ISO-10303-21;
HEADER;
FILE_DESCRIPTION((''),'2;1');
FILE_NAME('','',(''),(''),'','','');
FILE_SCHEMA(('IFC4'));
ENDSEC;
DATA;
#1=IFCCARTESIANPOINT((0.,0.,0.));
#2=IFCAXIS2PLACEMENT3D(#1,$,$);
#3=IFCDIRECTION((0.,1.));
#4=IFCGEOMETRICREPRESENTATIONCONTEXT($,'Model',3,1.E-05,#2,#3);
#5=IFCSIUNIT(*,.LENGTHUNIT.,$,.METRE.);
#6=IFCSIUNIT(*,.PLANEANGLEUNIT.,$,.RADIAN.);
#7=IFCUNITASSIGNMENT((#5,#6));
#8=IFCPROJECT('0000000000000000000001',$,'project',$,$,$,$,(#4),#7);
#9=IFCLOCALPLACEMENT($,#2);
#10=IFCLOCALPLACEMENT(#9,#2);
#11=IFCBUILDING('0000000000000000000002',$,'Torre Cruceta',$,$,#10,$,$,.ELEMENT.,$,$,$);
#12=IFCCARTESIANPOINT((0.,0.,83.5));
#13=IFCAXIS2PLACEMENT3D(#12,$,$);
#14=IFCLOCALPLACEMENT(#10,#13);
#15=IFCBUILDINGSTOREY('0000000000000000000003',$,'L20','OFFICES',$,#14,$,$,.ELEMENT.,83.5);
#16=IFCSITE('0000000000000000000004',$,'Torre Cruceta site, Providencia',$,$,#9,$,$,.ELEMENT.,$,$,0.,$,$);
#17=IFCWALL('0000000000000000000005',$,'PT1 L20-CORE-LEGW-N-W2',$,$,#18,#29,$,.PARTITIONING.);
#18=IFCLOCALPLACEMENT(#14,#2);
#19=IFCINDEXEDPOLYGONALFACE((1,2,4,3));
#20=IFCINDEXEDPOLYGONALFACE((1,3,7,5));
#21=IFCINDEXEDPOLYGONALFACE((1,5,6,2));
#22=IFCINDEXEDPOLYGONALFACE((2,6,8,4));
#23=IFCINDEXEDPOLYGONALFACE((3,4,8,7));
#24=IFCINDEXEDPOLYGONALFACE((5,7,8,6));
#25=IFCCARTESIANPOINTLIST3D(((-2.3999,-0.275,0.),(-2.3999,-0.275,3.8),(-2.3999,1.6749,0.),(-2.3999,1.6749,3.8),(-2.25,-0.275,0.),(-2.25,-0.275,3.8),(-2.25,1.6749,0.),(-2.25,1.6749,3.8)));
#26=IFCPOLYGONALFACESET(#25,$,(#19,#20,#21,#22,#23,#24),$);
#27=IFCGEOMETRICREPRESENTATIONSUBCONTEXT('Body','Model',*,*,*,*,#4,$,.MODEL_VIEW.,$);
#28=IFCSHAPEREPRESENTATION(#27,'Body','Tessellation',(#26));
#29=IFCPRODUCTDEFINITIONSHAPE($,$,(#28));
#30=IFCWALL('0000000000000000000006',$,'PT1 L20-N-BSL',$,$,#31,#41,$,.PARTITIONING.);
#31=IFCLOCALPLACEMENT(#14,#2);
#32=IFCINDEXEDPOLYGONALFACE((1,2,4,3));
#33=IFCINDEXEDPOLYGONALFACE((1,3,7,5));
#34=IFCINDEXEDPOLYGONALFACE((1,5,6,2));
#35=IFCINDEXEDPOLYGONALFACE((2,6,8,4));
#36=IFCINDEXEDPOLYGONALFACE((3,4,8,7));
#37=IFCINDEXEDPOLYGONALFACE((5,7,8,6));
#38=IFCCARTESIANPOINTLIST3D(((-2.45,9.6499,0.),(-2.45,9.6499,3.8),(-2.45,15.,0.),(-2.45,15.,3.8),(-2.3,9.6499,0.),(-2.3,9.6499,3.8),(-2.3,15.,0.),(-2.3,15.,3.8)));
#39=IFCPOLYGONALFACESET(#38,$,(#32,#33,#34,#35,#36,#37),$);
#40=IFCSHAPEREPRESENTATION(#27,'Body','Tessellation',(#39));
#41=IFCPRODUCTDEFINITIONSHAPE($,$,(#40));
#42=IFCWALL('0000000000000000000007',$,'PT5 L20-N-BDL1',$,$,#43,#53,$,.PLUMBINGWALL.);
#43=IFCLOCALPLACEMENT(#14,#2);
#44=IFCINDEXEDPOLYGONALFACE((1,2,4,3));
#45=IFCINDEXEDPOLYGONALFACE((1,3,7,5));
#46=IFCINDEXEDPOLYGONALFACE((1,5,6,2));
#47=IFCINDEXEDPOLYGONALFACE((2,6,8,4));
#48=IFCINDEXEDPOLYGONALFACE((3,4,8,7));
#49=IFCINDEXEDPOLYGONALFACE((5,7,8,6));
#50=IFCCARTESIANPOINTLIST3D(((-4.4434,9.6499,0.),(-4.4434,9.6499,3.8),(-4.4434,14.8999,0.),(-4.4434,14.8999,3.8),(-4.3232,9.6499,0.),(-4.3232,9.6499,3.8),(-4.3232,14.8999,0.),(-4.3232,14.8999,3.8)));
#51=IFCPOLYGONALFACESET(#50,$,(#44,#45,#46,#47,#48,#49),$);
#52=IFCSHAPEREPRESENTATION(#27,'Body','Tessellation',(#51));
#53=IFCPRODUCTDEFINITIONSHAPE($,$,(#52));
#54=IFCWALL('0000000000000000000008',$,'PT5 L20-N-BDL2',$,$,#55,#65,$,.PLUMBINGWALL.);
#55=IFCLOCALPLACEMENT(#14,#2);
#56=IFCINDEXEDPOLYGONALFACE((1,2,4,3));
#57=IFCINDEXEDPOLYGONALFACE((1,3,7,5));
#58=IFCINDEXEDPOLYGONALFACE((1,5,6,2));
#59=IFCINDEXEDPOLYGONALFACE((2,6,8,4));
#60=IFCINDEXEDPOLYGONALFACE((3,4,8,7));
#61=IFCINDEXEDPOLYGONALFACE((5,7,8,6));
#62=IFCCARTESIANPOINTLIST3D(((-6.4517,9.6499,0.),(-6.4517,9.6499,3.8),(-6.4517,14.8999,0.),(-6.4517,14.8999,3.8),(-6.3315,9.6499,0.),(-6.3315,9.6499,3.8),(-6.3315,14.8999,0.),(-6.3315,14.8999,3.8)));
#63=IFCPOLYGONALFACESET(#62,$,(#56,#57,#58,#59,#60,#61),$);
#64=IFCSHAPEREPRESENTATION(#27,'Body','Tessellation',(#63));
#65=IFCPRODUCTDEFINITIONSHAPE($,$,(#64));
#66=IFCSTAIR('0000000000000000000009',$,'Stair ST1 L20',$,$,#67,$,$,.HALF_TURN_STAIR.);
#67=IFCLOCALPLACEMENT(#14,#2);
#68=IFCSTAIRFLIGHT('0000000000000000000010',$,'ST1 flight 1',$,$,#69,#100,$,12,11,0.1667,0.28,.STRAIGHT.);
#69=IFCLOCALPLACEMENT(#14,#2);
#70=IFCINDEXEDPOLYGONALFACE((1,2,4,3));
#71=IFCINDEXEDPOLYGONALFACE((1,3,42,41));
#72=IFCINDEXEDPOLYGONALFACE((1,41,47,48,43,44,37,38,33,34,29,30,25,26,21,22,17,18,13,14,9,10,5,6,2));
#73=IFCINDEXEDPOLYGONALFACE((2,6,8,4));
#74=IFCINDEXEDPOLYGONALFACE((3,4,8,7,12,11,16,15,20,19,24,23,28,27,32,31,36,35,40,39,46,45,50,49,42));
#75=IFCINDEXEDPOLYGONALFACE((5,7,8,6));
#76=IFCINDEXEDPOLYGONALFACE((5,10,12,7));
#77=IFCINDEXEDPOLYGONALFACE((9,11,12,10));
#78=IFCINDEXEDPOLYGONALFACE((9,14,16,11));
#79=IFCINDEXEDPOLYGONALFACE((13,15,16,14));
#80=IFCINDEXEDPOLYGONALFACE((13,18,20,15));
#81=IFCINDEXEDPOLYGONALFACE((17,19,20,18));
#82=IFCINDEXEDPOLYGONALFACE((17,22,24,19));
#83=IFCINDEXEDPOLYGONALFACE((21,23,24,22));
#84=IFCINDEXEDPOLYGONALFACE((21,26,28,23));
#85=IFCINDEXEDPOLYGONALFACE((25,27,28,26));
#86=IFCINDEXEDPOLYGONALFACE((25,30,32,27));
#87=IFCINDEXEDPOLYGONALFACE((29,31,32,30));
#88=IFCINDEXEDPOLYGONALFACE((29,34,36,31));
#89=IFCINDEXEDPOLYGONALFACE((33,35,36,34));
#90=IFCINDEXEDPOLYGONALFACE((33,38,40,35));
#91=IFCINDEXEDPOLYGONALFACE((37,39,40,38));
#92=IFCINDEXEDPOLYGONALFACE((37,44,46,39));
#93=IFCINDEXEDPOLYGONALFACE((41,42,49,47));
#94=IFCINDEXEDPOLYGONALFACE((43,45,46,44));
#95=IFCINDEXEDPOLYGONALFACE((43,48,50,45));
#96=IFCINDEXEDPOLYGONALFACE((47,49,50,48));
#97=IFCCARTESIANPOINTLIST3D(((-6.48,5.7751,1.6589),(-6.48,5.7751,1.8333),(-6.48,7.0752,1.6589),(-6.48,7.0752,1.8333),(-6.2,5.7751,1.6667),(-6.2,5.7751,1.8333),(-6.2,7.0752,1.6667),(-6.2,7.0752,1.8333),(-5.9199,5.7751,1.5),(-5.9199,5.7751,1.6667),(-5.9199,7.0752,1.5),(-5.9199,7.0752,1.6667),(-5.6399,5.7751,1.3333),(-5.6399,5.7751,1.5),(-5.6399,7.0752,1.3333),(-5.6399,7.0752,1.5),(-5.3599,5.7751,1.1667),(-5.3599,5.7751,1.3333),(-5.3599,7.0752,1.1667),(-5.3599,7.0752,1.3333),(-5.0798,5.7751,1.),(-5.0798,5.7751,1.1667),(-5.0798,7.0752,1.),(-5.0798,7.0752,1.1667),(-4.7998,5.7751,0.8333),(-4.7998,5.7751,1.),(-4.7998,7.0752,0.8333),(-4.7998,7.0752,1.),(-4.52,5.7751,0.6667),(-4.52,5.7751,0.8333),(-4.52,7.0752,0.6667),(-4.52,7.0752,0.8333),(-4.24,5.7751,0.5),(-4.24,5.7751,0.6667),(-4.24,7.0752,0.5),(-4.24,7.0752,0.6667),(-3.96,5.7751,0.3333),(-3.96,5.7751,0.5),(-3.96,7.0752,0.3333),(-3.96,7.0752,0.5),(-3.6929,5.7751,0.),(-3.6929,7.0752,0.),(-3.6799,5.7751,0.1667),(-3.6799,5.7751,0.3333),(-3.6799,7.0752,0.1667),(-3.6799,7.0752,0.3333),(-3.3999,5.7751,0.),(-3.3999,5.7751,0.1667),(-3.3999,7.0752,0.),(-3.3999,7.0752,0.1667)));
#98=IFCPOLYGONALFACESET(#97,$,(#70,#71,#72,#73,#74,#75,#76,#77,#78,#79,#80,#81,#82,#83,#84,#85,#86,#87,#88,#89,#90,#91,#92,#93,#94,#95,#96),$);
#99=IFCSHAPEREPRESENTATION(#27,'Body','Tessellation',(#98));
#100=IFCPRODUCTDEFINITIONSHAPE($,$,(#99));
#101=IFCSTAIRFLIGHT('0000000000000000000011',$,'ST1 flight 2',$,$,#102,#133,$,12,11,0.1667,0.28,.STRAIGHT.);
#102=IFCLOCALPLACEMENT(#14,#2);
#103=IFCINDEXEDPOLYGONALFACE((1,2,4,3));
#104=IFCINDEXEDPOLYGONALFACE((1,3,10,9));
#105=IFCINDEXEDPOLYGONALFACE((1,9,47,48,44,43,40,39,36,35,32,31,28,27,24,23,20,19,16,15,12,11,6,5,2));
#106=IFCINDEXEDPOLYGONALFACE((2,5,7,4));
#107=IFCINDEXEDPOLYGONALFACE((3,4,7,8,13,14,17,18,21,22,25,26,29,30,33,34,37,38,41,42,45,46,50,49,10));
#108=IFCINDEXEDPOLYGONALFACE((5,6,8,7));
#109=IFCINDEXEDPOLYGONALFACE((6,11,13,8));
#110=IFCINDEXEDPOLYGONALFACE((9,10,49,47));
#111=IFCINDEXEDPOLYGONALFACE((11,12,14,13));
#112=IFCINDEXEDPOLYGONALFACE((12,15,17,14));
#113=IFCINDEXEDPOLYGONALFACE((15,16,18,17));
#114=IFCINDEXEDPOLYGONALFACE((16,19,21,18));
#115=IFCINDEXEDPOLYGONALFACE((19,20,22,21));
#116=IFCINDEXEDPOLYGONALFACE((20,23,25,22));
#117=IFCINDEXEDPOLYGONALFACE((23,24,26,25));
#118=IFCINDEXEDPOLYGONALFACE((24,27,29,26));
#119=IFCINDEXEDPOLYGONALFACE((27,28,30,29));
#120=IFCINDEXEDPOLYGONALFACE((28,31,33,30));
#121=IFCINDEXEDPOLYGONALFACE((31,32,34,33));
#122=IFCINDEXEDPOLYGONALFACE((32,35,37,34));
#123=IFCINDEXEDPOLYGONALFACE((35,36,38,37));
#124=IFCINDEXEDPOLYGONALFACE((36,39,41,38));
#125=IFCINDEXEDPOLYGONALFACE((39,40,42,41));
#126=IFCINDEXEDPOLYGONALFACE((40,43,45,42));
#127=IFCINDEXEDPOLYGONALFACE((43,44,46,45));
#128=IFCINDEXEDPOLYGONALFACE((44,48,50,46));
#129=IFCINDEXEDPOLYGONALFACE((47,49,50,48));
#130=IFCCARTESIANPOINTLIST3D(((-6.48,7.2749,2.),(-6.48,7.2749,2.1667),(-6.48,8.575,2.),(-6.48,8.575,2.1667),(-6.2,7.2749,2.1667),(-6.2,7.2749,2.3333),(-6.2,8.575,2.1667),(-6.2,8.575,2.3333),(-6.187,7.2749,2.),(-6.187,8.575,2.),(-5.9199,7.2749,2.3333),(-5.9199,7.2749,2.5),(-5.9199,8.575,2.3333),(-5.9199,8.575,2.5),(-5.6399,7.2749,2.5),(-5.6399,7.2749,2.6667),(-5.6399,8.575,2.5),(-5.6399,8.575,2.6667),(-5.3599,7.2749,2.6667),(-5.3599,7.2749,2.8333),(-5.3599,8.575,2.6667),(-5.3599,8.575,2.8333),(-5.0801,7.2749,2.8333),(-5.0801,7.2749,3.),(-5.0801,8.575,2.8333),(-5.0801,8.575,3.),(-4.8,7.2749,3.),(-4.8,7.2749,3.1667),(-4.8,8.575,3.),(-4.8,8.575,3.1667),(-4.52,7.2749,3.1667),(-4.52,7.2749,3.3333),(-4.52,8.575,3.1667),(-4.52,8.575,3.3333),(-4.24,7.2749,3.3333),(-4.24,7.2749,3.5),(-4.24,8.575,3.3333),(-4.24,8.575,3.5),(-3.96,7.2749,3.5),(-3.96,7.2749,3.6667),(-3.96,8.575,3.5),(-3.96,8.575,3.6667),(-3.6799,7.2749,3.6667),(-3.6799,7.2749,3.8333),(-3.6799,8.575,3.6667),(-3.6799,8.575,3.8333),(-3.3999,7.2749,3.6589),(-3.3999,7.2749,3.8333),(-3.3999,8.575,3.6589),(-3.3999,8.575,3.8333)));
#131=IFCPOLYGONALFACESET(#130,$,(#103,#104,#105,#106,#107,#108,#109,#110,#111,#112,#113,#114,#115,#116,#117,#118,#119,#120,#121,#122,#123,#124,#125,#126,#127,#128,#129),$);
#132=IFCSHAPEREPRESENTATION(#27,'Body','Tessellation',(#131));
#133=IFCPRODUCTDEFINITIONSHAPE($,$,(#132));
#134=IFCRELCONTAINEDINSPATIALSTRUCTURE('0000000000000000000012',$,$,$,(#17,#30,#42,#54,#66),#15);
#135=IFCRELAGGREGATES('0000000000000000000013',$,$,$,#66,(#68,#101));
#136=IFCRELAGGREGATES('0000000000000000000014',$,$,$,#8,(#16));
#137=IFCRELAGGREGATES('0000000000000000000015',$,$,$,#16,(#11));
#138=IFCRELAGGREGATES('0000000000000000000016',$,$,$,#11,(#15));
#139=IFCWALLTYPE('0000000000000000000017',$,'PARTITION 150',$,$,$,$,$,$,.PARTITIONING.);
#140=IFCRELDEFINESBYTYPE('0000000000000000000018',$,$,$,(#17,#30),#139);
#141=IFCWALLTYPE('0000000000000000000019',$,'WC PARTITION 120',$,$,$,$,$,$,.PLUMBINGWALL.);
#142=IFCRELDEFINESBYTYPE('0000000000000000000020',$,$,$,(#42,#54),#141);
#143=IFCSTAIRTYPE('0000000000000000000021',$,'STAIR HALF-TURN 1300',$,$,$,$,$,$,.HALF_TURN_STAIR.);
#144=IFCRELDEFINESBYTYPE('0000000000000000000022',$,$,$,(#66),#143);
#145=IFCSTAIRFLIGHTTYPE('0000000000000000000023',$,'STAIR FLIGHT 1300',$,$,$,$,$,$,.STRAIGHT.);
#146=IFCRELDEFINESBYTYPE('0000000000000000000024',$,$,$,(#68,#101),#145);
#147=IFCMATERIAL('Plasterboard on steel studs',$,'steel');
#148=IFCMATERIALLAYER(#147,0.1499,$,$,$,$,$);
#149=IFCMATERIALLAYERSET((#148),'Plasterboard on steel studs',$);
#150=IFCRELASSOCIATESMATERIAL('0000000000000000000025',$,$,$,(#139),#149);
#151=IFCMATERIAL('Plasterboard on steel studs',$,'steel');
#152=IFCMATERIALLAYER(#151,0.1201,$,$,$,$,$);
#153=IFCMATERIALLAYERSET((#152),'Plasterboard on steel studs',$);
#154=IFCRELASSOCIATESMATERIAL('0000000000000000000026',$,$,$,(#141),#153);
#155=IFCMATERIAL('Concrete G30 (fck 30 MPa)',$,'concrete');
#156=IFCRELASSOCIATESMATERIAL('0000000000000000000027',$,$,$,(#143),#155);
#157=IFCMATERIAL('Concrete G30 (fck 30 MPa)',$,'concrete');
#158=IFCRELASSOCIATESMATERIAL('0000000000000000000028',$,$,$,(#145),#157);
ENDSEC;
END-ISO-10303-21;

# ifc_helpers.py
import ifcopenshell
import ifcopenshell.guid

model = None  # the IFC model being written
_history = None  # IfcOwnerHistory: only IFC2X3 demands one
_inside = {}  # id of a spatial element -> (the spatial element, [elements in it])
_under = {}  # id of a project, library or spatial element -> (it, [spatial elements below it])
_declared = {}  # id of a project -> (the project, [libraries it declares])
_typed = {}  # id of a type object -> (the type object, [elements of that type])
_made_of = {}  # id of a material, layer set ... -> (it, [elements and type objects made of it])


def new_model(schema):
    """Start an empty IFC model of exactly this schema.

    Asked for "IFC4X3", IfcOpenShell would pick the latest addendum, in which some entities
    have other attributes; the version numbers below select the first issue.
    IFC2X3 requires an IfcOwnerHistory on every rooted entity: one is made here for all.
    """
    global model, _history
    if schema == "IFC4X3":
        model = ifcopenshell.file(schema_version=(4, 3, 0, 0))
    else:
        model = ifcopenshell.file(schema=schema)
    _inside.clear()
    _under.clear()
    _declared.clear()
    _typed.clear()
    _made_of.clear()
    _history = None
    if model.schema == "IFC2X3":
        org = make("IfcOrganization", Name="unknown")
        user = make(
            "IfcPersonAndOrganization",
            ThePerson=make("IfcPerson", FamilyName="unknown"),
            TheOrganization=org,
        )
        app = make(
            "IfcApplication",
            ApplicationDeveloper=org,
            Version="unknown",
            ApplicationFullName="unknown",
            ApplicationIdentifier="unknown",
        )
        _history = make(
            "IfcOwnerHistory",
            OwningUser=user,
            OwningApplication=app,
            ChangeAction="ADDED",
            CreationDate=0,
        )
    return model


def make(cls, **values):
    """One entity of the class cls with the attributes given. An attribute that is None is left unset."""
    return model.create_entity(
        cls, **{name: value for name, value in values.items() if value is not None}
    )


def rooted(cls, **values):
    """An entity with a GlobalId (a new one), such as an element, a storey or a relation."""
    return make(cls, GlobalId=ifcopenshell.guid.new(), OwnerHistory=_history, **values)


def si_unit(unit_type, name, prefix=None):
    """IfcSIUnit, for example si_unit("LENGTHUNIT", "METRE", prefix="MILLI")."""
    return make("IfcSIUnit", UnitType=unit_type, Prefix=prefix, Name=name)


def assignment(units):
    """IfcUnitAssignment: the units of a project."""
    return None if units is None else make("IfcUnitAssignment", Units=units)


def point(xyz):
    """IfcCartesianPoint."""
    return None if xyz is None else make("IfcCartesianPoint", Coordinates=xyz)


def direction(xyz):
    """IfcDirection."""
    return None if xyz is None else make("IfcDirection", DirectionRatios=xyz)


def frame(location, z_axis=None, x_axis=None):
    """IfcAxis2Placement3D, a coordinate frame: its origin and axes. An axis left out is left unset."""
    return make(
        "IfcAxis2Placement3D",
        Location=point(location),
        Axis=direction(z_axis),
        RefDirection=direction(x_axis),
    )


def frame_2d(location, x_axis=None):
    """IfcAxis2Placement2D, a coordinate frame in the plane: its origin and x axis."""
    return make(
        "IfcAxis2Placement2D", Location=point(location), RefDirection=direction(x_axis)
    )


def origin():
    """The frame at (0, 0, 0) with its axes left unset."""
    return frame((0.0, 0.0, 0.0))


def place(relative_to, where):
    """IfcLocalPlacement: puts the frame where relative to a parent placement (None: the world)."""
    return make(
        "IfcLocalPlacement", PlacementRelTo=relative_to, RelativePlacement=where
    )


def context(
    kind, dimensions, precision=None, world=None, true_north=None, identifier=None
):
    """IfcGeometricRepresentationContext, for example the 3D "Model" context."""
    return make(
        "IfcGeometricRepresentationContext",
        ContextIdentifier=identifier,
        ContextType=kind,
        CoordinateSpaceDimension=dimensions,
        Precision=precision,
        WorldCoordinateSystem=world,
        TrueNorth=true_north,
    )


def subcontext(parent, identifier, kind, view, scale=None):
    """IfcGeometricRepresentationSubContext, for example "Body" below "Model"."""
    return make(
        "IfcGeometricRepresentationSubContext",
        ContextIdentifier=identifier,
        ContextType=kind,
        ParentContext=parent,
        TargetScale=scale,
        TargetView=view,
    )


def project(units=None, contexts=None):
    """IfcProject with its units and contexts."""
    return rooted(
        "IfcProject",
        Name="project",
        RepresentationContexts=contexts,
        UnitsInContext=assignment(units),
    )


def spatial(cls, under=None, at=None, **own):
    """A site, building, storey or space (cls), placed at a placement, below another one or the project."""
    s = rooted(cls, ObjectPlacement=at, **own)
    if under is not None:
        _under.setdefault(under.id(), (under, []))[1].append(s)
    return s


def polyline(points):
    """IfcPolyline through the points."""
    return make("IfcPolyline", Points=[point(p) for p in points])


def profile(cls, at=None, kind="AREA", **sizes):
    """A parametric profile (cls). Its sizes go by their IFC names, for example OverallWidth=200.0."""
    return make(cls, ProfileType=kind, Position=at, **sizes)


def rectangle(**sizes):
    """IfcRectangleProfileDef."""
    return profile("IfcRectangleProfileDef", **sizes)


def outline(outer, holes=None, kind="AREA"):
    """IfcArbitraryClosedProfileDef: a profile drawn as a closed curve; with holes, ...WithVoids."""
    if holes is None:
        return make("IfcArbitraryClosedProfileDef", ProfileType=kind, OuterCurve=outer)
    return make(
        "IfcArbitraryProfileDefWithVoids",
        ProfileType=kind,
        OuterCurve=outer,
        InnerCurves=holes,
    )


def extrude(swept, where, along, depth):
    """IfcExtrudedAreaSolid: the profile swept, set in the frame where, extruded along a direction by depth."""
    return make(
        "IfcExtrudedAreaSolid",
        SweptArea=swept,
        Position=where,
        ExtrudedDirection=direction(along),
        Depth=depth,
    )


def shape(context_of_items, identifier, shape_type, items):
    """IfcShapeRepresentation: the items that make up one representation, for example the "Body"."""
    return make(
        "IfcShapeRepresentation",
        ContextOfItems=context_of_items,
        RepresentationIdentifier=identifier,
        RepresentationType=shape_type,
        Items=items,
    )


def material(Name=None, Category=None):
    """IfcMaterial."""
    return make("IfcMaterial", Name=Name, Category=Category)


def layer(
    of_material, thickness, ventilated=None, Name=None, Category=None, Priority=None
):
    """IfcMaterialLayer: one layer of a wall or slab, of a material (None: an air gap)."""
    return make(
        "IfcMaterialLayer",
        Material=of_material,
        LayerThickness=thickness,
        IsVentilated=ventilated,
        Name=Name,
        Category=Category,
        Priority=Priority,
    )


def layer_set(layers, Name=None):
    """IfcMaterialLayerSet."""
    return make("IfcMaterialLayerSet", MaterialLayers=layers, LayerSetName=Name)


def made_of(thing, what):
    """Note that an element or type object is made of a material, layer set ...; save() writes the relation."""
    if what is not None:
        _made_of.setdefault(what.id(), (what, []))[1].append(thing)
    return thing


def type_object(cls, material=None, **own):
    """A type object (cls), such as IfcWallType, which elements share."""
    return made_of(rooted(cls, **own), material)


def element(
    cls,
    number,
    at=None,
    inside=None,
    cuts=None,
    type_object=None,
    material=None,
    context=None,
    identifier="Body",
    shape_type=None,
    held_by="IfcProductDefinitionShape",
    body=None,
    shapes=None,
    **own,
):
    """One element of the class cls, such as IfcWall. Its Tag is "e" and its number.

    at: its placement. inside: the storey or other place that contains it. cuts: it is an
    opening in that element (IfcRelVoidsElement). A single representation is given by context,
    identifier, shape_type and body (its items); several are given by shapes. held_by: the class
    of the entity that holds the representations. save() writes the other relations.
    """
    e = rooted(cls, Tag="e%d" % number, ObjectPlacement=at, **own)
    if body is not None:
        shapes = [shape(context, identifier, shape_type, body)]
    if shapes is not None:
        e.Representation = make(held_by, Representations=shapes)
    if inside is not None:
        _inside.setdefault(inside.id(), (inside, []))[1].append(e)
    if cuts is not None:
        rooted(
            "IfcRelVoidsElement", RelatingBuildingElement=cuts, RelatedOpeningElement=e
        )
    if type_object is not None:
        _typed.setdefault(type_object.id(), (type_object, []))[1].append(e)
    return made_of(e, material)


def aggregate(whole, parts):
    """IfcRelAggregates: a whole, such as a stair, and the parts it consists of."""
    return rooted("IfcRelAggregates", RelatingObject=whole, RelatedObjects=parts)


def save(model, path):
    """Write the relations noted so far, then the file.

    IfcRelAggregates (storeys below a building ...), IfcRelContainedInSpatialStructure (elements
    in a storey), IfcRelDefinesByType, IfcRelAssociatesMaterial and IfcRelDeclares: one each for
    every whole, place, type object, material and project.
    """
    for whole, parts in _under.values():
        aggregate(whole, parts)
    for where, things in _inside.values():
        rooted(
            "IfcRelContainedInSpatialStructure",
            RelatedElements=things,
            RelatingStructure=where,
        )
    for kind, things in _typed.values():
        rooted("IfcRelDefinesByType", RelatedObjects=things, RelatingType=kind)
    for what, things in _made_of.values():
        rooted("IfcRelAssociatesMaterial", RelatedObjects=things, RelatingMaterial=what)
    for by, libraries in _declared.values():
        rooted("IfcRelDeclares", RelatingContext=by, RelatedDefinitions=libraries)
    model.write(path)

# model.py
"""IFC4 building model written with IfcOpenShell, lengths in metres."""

from ifc_helpers import new_model, si_unit, direction, frame, frame_2d, origin, place, context, subcontext, project, spatial, polyline, rectangle, outline, extrude, material, layer, layer_set, type_object, element, aggregate, save


model = new_model("IFC4")

# Units and contexts
model_context = context("Model", 3, precision=1e-05, world=origin(), true_north=direction((0.0, 1.0)))
body_context = subcontext(model_context, "Body", "Model", "MODEL_VIEW")
ifc_project = project(units=[si_unit("LENGTHUNIT", "METRE"), si_unit("PLANEANGLEUNIT", "RADIAN")], contexts=[model_context])

# Site, building, storey
site_placement = place(None, origin())
site = spatial("IfcSite", under=ifc_project, at=site_placement, Name="Torre Cruceta site, Providencia", CompositionType="ELEMENT", RefElevation=0.0)
building_placement = place(site_placement, origin())
building = spatial("IfcBuilding", under=site, at=building_placement, Name="Torre Cruceta", CompositionType="ELEMENT")
storey_placement = place(building_placement, frame((0.0, 0.0, 83.5)))
storey = spatial("IfcBuildingStorey", under=building, at=storey_placement, Name="L20", Description="OFFICES", CompositionType="ELEMENT", Elevation=83.5)

# Walls
ifc_material_1 = material(Name="Plasterboard on steel studs", Category="steel")
ifc_layer_1 = layer(ifc_material_1, 0.1499)
ifc_layer_set_1 = layer_set([ifc_layer_1], Name="Plasterboard on steel studs")
wall_type_1 = type_object("IfcWallType", Name="PARTITION 150", PredefinedType="PARTITIONING", material=ifc_layer_set_1)
wall_1_placement = place(storey_placement, frame((-2.325, 1.675, 0.0), z_axis=(0.0, 0.0, 1.0), x_axis=(0.0, -1.0, 0.0)))
element("IfcWall", 1, at=wall_1_placement, inside=storey, type_object=wall_type_1, Name="PT1 L20-CORE-LEGW-N-W2", PredefinedType="PARTITIONING", context=body_context, shape_type="SweptSolid", body=[
    extrude(rectangle(XDim=1.95, YDim=0.1499, at=frame_2d((0.9751, 0.0))), origin(), (0.0, 0.0, 1.0), 3.8),
])
wall_2_placement = place(storey_placement, frame((-2.375, 9.6499, 0.0), z_axis=(0.0, 0.0, 1.0), x_axis=(0.0, 1.0, 0.0)))
element("IfcWall", 2, at=wall_2_placement, inside=storey, type_object=wall_type_1, Name="PT1 L20-N-BSL", PredefinedType="PARTITIONING", context=body_context, shape_type="SweptSolid", body=[
    extrude(rectangle(XDim=5.3501, YDim=0.1499, at=frame_2d((2.675, 0.0))), origin(), (0.0, 0.0, 1.0), 3.8),
])
ifc_material_2 = material(Name="Plasterboard on steel studs", Category="steel")
ifc_layer_2 = layer(ifc_material_2, 0.1201)
ifc_layer_set_2 = layer_set([ifc_layer_2], Name="Plasterboard on steel studs")
wall_type_2 = type_object("IfcWallType", Name="WC PARTITION 120", PredefinedType="PLUMBINGWALL", material=ifc_layer_set_2)
for number, where, z_axis, x_axis, name in (
    (3, (-4.3833, 9.6499, 0.0), (0.0, 0.0, 1.0), (0.0, 1.0, 0.0), "PT5 L20-N-BDL1"),
    (4, (-6.3916, 9.6499, 0.0), (0.0, 0.0, 1.0), (0.0, 1.0, 0.0), "PT5 L20-N-BDL2"),
):
    element("IfcWall", number, at=place(storey_placement, frame(where, z_axis=z_axis, x_axis=x_axis)), inside=storey, type_object=wall_type_2, Name=name, PredefinedType="PLUMBINGWALL", context=body_context, shape_type="SweptSolid", body=[
        extrude(rectangle(XDim=5.25, YDim=0.1201, at=frame_2d((2.625, 0.0))), origin(), (0.0, 0.0, 1.0), 3.8),
    ])

# Stair, stair flights
ifc_material_3 = material(Name="Concrete G30 (fck 30 MPa)", Category="concrete")
stair_type = type_object("IfcStairType", Name="STAIR HALF-TURN 1300", PredefinedType="HALF_TURN_STAIR", material=ifc_material_3)
stair_placement = place(storey_placement, origin())
stair = element("IfcStair", 5, at=stair_placement, inside=storey, type_object=stair_type, Name="Stair ST1 L20", PredefinedType="HALF_TURN_STAIR")
ifc_material_4 = material(Name="Concrete G30 (fck 30 MPa)", Category="concrete")
stair_flight_type = type_object("IfcStairFlightType", Name="STAIR FLIGHT 1300", PredefinedType="STRAIGHT", material=ifc_material_4)
stair_flight_1_placement = place(storey_placement, frame((-3.3999, 6.425, 0.0), z_axis=(0.0, 0.0, 1.0), x_axis=(-1.0, 0.0, 0.0)))
stair_flight_1 = element("IfcStairFlight", 6, at=stair_flight_1_placement, type_object=stair_flight_type, Name="ST1 flight 1", NumberOfRisers=12, NumberOfTreads=11, PredefinedType="STRAIGHT", RiserHeight=0.1667, TreadLength=0.28, context=body_context, shape_type="SweptSolid", body=[
    extrude(outline(polyline([(0.0, 0.0), (0.0, 0.1667), (0.28, 0.1667), (0.28, 0.3333), (0.5601, 0.3333), (0.5601, 0.5), (0.8401, 0.5), (0.8401, 0.6667), (1.1201, 0.6667), (1.1201, 0.8333), (1.3999, 0.8333), (1.3999, 1.0), (1.6799, 1.0), (1.6799, 1.1667), (1.96, 1.1667), (1.96, 1.3333), (2.24, 1.3333), (2.24, 1.5), (2.52, 1.5), (2.52, 1.6667), (2.8, 1.6667), (2.8, 1.8333), (3.0801, 1.8333), (3.0801, 2.0), (3.0801, 1.6589), (0.293, 0.0), (0.0, 0.0)])), frame((0.0, 0.6499, 0.0), z_axis=(0.0, -1.0, 0.0), x_axis=(1.0, 0.0, 0.0)), (0.0, 0.0, 1.0), 1.3),
])
stair_flight_2_placement = place(storey_placement, frame((-6.48, 7.925, 2.0), z_axis=(0.0, 0.0, 1.0), x_axis=(1.0, 0.0, 0.0)))
stair_flight_2 = element("IfcStairFlight", 7, at=stair_flight_2_placement, type_object=stair_flight_type, Name="ST1 flight 2", NumberOfRisers=12, NumberOfTreads=11, PredefinedType="STRAIGHT", RiserHeight=0.1667, TreadLength=0.28, context=body_context, shape_type="SweptSolid", body=[
    extrude(outline(polyline([(0.0, 0.0), (0.0, 0.1667), (0.28, 0.1667), (0.28, 0.3333), (0.5601, 0.3333), (0.5601, 0.5), (0.8401, 0.5), (0.8401, 0.6667), (1.1201, 0.6667), (1.1201, 0.8333), (1.3999, 0.8333), (1.3999, 1.0), (1.6799, 1.0), (1.6799, 1.1667), (1.96, 1.1667), (1.96, 1.3333), (2.24, 1.3333), (2.24, 1.5), (2.52, 1.5), (2.52, 1.6667), (2.8, 1.6667), (2.8, 1.8333), (3.0801, 1.8333), (3.0801, 2.0), (3.0801, 1.6589), (0.293, 0.0), (0.0, 0.0)])), frame((0.0, 0.6499, 0.0), z_axis=(0.0, -1.0, 0.0), x_axis=(1.0, 0.0, 0.0)), (0.0, 0.0, 1.0), 1.3),
])
aggregate(stair, [stair_flight_1, stair_flight_2])

save(model, "model.ifc")
